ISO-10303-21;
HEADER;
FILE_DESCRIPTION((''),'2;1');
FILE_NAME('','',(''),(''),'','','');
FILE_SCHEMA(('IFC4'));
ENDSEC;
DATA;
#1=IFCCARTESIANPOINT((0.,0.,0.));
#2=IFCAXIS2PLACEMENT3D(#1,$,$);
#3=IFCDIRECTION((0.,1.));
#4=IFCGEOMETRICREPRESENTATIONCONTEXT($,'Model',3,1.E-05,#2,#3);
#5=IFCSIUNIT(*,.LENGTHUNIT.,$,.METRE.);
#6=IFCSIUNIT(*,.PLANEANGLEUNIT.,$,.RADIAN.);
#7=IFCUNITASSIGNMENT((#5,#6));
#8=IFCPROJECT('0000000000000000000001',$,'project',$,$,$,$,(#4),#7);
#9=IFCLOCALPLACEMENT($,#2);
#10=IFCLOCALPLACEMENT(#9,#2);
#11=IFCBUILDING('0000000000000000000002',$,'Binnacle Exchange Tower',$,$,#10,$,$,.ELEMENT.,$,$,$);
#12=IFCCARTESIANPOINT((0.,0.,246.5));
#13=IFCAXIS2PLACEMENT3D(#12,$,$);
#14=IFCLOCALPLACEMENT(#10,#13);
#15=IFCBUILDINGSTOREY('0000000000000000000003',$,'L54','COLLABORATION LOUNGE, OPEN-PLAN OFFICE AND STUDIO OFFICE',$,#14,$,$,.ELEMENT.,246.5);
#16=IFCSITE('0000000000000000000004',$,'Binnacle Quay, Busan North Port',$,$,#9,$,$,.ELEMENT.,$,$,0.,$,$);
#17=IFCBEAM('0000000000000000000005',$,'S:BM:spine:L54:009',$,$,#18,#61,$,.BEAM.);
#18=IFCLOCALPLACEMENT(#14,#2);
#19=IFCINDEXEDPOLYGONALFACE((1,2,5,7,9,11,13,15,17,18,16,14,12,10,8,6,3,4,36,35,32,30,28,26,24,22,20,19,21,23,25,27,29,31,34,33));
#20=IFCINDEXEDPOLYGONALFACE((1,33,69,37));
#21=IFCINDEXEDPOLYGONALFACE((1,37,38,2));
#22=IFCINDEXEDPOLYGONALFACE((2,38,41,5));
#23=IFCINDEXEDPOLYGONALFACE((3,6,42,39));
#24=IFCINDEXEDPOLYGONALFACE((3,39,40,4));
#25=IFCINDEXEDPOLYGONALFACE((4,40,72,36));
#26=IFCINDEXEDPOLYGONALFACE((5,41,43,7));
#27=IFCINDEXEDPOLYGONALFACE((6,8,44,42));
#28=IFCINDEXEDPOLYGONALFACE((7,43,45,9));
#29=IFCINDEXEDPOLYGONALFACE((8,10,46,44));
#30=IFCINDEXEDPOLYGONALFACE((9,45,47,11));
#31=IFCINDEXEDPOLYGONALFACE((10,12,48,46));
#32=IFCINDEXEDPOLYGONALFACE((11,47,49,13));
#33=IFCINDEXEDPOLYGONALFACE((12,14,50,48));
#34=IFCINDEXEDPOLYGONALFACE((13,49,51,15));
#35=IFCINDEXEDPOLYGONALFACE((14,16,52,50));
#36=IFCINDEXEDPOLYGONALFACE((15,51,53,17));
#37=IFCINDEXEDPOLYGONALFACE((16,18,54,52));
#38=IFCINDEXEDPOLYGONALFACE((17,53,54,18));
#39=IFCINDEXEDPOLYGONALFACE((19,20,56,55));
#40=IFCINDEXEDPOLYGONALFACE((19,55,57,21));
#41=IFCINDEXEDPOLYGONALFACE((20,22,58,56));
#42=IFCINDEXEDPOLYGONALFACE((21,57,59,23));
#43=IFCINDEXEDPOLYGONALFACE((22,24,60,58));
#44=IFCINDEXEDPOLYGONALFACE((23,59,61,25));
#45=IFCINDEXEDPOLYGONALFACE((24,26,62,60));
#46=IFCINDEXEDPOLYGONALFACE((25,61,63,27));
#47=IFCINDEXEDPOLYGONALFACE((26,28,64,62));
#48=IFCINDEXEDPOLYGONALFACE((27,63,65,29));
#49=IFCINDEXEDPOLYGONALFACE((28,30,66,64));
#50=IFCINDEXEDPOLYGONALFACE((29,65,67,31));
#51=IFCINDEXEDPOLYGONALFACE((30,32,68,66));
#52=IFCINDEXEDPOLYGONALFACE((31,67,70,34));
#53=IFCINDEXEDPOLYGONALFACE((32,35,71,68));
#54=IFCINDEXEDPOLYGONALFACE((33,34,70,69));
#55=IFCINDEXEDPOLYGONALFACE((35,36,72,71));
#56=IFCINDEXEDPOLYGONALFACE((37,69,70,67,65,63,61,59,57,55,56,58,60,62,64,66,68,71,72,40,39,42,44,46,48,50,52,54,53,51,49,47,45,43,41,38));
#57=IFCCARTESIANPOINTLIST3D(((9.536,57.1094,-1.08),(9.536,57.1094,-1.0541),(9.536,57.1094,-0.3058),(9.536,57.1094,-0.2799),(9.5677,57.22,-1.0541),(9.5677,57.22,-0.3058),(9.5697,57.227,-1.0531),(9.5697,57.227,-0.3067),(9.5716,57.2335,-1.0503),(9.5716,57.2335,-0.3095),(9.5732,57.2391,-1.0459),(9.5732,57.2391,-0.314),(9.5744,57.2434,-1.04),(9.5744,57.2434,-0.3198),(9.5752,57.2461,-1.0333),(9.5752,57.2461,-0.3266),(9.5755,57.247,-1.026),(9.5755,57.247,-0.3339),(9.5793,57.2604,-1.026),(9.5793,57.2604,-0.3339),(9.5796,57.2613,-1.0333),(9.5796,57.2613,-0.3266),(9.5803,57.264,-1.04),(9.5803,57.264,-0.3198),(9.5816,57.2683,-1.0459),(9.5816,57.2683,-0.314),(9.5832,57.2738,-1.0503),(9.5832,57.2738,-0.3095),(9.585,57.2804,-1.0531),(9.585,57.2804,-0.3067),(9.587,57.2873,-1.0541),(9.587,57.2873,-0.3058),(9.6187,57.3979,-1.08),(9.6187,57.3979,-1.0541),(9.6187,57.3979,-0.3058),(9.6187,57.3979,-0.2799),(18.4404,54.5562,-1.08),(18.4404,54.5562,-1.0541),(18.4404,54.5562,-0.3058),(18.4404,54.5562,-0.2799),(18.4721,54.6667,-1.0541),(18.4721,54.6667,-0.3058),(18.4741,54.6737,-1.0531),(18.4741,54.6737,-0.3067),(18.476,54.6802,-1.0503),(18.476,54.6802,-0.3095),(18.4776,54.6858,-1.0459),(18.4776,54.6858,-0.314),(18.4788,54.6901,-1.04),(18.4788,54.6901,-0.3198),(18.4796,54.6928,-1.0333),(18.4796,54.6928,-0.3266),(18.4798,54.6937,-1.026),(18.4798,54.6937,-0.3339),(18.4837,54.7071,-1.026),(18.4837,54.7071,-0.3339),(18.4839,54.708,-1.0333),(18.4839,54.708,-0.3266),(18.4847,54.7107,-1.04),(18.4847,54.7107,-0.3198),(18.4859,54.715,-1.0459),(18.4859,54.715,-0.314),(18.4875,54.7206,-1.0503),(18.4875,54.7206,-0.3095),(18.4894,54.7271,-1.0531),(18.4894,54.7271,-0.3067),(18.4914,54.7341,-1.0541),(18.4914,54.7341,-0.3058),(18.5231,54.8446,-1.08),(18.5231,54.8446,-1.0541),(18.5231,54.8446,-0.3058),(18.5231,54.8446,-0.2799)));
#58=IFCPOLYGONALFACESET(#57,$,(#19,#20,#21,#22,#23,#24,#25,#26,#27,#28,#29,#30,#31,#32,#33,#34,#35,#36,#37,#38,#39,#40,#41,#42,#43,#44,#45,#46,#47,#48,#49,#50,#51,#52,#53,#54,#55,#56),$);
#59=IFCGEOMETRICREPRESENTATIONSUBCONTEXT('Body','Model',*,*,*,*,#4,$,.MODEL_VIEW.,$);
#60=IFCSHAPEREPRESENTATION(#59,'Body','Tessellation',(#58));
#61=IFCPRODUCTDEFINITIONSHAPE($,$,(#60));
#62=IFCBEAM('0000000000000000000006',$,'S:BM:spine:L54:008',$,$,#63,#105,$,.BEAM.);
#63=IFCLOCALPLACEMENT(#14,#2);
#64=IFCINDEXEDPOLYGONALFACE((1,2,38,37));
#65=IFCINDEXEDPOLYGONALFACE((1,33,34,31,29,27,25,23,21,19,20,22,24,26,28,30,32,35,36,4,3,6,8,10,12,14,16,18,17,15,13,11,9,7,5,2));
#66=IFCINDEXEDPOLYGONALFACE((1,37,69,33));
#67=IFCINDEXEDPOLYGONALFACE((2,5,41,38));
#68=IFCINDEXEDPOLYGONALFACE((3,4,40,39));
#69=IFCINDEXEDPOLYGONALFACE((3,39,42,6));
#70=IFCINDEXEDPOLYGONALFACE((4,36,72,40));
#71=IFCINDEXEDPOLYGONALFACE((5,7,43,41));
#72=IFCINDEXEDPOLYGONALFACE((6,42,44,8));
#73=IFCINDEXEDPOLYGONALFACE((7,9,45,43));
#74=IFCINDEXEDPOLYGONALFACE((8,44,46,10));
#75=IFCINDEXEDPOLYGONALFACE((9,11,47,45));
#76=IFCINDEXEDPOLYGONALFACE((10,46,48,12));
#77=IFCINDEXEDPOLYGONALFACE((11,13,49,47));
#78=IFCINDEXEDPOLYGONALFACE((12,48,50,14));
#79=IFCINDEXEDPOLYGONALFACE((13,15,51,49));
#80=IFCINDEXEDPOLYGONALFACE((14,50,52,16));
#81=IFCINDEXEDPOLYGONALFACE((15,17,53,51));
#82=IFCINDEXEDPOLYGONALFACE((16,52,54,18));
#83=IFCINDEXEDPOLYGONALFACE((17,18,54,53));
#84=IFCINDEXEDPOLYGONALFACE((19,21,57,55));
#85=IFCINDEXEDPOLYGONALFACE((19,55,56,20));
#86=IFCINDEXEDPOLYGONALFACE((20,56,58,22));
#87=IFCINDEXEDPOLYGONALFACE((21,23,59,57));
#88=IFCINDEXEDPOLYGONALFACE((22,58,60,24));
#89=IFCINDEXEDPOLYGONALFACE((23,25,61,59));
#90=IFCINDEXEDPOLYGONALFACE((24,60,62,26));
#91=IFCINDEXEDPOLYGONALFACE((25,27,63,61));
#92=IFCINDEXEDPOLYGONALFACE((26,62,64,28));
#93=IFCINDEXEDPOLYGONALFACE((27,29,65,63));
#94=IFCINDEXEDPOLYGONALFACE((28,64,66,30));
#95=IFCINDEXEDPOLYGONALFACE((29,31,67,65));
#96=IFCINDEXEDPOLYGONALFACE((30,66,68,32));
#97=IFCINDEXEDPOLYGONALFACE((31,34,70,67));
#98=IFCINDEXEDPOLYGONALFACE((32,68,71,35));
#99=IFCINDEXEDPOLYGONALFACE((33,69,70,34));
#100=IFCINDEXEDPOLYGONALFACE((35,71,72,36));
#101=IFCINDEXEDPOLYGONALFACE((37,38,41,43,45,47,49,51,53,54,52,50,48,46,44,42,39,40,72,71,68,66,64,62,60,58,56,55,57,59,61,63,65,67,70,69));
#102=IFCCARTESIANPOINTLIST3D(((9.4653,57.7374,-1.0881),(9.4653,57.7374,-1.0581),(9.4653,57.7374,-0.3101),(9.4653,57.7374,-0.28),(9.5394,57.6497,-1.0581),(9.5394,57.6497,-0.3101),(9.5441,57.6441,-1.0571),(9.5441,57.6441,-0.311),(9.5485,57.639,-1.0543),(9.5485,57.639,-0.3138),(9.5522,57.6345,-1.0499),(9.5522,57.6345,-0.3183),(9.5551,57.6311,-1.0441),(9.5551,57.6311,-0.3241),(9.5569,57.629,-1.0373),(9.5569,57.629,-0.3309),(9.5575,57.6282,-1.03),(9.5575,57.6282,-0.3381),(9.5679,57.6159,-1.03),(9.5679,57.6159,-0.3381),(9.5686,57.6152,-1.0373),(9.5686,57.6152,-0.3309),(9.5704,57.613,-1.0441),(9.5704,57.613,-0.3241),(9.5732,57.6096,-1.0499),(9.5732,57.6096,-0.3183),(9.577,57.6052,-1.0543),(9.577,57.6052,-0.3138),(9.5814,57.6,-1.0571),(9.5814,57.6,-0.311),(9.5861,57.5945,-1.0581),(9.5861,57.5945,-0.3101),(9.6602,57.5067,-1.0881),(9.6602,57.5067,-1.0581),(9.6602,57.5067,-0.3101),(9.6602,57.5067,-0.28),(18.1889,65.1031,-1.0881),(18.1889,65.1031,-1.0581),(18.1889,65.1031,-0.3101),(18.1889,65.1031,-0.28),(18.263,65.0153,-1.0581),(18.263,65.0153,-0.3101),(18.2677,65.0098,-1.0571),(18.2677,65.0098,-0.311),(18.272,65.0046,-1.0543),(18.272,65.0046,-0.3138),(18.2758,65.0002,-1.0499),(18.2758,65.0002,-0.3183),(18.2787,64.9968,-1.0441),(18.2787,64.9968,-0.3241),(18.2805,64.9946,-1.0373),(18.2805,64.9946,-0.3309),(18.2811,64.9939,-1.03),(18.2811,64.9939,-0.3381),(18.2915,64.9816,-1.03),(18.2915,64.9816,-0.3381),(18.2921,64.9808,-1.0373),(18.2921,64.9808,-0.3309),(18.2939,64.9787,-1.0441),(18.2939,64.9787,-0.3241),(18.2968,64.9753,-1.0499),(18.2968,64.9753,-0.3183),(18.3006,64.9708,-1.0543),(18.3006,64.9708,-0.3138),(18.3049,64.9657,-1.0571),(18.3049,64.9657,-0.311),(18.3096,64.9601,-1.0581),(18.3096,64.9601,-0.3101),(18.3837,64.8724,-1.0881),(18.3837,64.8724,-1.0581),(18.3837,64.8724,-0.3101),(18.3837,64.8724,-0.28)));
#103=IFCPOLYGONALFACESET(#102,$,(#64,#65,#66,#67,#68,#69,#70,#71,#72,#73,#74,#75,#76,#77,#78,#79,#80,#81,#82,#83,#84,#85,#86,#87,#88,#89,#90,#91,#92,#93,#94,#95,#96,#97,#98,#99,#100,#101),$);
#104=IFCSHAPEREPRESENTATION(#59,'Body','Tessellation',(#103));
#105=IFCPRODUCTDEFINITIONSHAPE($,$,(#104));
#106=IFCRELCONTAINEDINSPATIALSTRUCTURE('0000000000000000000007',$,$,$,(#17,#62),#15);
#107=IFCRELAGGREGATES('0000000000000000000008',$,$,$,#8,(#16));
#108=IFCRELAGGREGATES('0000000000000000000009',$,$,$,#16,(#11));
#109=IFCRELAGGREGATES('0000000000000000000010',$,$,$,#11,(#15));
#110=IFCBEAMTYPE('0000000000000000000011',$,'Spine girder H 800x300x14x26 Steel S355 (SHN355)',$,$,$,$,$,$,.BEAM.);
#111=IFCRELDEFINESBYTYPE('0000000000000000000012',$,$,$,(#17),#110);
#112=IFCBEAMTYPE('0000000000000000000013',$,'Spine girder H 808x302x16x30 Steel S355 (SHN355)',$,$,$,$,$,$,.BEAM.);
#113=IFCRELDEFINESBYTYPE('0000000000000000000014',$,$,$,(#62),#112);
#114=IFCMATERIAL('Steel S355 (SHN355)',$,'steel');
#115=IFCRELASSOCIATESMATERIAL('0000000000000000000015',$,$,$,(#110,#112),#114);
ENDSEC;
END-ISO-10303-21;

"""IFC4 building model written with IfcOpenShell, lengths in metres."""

from ifc_helpers import new_model, si_unit, direction, frame, origin, origin_2d, place, context, subcontext, project, spatial, i_section, extrude, material, material_profile, profile_set, type_object, element, save


model = new_model("IFC4")

# Units and contexts
model_context = context("Model", 3, precision=1e-05, world=origin(), true_north=direction((0.0, 1.0)))
body_context = subcontext(model_context, "Body", "Model", "MODEL_VIEW")
ifc_project = project(units=[si_unit("LENGTHUNIT", "METRE"), si_unit("PLANEANGLEUNIT", "RADIAN")], contexts=[model_context])

# Site, building, storey
site_placement = place(None, origin())
site = spatial("IfcSite", under=ifc_project, at=site_placement, Name="Binnacle Quay, Busan North Port", CompositionType="ELEMENT", RefElevation=0.0)
building_placement = place(site_placement, origin())
building = spatial("IfcBuilding", under=site, at=building_placement, Name="Binnacle Exchange Tower", CompositionType="ELEMENT")
storey_placement = place(building_placement, frame((0.0, 0.0, 246.5)))
storey = spatial("IfcBuildingStorey", under=building, at=storey_placement, Name="L54", Description="COLLABORATION LOUNGE, OPEN-PLAN OFFICE AND STUDIO OFFICE", CompositionType="ELEMENT", Elevation=246.5)

# Beams
ifc_material_1 = material(Name="Steel S355 (SHN355)", Category="steel")
ifc_material_profile_1 = material_profile(ifc_material_1, i_section(OverallWidth=0.3, OverallDepth=0.8, WebThickness=0.0139, FlangeThickness=0.0259, FilletRadius=0.0281, at=origin_2d()), Name="H 800x300x14x26")
ifc_profile_set_1 = profile_set([ifc_material_profile_1], Name="Steel S355 (SHN355)")
beam_type_1 = type_object("IfcBeamType", Name="Spine girder H 800x300x14x26 Steel S355 (SHN355)", PredefinedType="BEAM", material=ifc_profile_set_1)
beam_1_placement = place(storey_placement, frame((9.5774, 57.2537, -0.6799), z_axis=(0.961263, -0.275633, 0.0), x_axis=(0.275633, 0.961263, 0.0)))
element("IfcBeam", 1, at=beam_1_placement, inside=storey, type_object=beam_type_1, Name="S:BM:spine:L54:009", PredefinedType="BEAM", context=body_context, shape_type="SweptSolid", body=[
    extrude(i_section(OverallWidth=0.3, OverallDepth=0.8, WebThickness=0.0139, FlangeThickness=0.0259, FilletRadius=0.0281, at=origin_2d()), origin(), (0.0, 0.0, 1.0), 9.2632),
])
ifc_material_profile_2 = material_profile(ifc_material_1, i_section(OverallWidth=0.302, OverallDepth=0.8081, WebThickness=0.0161, FlangeThickness=0.03, FilletRadius=0.0281, at=origin_2d()), Name="H 808x302x16x30")
ifc_profile_set_2 = profile_set([ifc_material_profile_2], Name="Steel S355 (SHN355)")
beam_type_2 = type_object("IfcBeamType", Name="Spine girder H 808x302x16x30 Steel S355 (SHN355)", PredefinedType="BEAM", material=ifc_profile_set_2)
beam_2_placement = place(storey_placement, frame((9.5627, 57.6221, -0.6841), z_axis=(0.764069, 0.645135, 0.0), x_axis=(-0.645135, 0.764069, 0.0)))
element("IfcBeam", 2, at=beam_2_placement, inside=storey, type_object=beam_type_2, Name="S:BM:spine:L54:008", PredefinedType="BEAM", context=body_context, shape_type="SweptSolid", body=[
    extrude(i_section(OverallWidth=0.302, OverallDepth=0.8081, WebThickness=0.0161, FlangeThickness=0.03, FilletRadius=0.0281, at=origin_2d()), origin(), (0.0, 0.0, 1.0), 11.4172),
])

save(model, "model.ifc")
